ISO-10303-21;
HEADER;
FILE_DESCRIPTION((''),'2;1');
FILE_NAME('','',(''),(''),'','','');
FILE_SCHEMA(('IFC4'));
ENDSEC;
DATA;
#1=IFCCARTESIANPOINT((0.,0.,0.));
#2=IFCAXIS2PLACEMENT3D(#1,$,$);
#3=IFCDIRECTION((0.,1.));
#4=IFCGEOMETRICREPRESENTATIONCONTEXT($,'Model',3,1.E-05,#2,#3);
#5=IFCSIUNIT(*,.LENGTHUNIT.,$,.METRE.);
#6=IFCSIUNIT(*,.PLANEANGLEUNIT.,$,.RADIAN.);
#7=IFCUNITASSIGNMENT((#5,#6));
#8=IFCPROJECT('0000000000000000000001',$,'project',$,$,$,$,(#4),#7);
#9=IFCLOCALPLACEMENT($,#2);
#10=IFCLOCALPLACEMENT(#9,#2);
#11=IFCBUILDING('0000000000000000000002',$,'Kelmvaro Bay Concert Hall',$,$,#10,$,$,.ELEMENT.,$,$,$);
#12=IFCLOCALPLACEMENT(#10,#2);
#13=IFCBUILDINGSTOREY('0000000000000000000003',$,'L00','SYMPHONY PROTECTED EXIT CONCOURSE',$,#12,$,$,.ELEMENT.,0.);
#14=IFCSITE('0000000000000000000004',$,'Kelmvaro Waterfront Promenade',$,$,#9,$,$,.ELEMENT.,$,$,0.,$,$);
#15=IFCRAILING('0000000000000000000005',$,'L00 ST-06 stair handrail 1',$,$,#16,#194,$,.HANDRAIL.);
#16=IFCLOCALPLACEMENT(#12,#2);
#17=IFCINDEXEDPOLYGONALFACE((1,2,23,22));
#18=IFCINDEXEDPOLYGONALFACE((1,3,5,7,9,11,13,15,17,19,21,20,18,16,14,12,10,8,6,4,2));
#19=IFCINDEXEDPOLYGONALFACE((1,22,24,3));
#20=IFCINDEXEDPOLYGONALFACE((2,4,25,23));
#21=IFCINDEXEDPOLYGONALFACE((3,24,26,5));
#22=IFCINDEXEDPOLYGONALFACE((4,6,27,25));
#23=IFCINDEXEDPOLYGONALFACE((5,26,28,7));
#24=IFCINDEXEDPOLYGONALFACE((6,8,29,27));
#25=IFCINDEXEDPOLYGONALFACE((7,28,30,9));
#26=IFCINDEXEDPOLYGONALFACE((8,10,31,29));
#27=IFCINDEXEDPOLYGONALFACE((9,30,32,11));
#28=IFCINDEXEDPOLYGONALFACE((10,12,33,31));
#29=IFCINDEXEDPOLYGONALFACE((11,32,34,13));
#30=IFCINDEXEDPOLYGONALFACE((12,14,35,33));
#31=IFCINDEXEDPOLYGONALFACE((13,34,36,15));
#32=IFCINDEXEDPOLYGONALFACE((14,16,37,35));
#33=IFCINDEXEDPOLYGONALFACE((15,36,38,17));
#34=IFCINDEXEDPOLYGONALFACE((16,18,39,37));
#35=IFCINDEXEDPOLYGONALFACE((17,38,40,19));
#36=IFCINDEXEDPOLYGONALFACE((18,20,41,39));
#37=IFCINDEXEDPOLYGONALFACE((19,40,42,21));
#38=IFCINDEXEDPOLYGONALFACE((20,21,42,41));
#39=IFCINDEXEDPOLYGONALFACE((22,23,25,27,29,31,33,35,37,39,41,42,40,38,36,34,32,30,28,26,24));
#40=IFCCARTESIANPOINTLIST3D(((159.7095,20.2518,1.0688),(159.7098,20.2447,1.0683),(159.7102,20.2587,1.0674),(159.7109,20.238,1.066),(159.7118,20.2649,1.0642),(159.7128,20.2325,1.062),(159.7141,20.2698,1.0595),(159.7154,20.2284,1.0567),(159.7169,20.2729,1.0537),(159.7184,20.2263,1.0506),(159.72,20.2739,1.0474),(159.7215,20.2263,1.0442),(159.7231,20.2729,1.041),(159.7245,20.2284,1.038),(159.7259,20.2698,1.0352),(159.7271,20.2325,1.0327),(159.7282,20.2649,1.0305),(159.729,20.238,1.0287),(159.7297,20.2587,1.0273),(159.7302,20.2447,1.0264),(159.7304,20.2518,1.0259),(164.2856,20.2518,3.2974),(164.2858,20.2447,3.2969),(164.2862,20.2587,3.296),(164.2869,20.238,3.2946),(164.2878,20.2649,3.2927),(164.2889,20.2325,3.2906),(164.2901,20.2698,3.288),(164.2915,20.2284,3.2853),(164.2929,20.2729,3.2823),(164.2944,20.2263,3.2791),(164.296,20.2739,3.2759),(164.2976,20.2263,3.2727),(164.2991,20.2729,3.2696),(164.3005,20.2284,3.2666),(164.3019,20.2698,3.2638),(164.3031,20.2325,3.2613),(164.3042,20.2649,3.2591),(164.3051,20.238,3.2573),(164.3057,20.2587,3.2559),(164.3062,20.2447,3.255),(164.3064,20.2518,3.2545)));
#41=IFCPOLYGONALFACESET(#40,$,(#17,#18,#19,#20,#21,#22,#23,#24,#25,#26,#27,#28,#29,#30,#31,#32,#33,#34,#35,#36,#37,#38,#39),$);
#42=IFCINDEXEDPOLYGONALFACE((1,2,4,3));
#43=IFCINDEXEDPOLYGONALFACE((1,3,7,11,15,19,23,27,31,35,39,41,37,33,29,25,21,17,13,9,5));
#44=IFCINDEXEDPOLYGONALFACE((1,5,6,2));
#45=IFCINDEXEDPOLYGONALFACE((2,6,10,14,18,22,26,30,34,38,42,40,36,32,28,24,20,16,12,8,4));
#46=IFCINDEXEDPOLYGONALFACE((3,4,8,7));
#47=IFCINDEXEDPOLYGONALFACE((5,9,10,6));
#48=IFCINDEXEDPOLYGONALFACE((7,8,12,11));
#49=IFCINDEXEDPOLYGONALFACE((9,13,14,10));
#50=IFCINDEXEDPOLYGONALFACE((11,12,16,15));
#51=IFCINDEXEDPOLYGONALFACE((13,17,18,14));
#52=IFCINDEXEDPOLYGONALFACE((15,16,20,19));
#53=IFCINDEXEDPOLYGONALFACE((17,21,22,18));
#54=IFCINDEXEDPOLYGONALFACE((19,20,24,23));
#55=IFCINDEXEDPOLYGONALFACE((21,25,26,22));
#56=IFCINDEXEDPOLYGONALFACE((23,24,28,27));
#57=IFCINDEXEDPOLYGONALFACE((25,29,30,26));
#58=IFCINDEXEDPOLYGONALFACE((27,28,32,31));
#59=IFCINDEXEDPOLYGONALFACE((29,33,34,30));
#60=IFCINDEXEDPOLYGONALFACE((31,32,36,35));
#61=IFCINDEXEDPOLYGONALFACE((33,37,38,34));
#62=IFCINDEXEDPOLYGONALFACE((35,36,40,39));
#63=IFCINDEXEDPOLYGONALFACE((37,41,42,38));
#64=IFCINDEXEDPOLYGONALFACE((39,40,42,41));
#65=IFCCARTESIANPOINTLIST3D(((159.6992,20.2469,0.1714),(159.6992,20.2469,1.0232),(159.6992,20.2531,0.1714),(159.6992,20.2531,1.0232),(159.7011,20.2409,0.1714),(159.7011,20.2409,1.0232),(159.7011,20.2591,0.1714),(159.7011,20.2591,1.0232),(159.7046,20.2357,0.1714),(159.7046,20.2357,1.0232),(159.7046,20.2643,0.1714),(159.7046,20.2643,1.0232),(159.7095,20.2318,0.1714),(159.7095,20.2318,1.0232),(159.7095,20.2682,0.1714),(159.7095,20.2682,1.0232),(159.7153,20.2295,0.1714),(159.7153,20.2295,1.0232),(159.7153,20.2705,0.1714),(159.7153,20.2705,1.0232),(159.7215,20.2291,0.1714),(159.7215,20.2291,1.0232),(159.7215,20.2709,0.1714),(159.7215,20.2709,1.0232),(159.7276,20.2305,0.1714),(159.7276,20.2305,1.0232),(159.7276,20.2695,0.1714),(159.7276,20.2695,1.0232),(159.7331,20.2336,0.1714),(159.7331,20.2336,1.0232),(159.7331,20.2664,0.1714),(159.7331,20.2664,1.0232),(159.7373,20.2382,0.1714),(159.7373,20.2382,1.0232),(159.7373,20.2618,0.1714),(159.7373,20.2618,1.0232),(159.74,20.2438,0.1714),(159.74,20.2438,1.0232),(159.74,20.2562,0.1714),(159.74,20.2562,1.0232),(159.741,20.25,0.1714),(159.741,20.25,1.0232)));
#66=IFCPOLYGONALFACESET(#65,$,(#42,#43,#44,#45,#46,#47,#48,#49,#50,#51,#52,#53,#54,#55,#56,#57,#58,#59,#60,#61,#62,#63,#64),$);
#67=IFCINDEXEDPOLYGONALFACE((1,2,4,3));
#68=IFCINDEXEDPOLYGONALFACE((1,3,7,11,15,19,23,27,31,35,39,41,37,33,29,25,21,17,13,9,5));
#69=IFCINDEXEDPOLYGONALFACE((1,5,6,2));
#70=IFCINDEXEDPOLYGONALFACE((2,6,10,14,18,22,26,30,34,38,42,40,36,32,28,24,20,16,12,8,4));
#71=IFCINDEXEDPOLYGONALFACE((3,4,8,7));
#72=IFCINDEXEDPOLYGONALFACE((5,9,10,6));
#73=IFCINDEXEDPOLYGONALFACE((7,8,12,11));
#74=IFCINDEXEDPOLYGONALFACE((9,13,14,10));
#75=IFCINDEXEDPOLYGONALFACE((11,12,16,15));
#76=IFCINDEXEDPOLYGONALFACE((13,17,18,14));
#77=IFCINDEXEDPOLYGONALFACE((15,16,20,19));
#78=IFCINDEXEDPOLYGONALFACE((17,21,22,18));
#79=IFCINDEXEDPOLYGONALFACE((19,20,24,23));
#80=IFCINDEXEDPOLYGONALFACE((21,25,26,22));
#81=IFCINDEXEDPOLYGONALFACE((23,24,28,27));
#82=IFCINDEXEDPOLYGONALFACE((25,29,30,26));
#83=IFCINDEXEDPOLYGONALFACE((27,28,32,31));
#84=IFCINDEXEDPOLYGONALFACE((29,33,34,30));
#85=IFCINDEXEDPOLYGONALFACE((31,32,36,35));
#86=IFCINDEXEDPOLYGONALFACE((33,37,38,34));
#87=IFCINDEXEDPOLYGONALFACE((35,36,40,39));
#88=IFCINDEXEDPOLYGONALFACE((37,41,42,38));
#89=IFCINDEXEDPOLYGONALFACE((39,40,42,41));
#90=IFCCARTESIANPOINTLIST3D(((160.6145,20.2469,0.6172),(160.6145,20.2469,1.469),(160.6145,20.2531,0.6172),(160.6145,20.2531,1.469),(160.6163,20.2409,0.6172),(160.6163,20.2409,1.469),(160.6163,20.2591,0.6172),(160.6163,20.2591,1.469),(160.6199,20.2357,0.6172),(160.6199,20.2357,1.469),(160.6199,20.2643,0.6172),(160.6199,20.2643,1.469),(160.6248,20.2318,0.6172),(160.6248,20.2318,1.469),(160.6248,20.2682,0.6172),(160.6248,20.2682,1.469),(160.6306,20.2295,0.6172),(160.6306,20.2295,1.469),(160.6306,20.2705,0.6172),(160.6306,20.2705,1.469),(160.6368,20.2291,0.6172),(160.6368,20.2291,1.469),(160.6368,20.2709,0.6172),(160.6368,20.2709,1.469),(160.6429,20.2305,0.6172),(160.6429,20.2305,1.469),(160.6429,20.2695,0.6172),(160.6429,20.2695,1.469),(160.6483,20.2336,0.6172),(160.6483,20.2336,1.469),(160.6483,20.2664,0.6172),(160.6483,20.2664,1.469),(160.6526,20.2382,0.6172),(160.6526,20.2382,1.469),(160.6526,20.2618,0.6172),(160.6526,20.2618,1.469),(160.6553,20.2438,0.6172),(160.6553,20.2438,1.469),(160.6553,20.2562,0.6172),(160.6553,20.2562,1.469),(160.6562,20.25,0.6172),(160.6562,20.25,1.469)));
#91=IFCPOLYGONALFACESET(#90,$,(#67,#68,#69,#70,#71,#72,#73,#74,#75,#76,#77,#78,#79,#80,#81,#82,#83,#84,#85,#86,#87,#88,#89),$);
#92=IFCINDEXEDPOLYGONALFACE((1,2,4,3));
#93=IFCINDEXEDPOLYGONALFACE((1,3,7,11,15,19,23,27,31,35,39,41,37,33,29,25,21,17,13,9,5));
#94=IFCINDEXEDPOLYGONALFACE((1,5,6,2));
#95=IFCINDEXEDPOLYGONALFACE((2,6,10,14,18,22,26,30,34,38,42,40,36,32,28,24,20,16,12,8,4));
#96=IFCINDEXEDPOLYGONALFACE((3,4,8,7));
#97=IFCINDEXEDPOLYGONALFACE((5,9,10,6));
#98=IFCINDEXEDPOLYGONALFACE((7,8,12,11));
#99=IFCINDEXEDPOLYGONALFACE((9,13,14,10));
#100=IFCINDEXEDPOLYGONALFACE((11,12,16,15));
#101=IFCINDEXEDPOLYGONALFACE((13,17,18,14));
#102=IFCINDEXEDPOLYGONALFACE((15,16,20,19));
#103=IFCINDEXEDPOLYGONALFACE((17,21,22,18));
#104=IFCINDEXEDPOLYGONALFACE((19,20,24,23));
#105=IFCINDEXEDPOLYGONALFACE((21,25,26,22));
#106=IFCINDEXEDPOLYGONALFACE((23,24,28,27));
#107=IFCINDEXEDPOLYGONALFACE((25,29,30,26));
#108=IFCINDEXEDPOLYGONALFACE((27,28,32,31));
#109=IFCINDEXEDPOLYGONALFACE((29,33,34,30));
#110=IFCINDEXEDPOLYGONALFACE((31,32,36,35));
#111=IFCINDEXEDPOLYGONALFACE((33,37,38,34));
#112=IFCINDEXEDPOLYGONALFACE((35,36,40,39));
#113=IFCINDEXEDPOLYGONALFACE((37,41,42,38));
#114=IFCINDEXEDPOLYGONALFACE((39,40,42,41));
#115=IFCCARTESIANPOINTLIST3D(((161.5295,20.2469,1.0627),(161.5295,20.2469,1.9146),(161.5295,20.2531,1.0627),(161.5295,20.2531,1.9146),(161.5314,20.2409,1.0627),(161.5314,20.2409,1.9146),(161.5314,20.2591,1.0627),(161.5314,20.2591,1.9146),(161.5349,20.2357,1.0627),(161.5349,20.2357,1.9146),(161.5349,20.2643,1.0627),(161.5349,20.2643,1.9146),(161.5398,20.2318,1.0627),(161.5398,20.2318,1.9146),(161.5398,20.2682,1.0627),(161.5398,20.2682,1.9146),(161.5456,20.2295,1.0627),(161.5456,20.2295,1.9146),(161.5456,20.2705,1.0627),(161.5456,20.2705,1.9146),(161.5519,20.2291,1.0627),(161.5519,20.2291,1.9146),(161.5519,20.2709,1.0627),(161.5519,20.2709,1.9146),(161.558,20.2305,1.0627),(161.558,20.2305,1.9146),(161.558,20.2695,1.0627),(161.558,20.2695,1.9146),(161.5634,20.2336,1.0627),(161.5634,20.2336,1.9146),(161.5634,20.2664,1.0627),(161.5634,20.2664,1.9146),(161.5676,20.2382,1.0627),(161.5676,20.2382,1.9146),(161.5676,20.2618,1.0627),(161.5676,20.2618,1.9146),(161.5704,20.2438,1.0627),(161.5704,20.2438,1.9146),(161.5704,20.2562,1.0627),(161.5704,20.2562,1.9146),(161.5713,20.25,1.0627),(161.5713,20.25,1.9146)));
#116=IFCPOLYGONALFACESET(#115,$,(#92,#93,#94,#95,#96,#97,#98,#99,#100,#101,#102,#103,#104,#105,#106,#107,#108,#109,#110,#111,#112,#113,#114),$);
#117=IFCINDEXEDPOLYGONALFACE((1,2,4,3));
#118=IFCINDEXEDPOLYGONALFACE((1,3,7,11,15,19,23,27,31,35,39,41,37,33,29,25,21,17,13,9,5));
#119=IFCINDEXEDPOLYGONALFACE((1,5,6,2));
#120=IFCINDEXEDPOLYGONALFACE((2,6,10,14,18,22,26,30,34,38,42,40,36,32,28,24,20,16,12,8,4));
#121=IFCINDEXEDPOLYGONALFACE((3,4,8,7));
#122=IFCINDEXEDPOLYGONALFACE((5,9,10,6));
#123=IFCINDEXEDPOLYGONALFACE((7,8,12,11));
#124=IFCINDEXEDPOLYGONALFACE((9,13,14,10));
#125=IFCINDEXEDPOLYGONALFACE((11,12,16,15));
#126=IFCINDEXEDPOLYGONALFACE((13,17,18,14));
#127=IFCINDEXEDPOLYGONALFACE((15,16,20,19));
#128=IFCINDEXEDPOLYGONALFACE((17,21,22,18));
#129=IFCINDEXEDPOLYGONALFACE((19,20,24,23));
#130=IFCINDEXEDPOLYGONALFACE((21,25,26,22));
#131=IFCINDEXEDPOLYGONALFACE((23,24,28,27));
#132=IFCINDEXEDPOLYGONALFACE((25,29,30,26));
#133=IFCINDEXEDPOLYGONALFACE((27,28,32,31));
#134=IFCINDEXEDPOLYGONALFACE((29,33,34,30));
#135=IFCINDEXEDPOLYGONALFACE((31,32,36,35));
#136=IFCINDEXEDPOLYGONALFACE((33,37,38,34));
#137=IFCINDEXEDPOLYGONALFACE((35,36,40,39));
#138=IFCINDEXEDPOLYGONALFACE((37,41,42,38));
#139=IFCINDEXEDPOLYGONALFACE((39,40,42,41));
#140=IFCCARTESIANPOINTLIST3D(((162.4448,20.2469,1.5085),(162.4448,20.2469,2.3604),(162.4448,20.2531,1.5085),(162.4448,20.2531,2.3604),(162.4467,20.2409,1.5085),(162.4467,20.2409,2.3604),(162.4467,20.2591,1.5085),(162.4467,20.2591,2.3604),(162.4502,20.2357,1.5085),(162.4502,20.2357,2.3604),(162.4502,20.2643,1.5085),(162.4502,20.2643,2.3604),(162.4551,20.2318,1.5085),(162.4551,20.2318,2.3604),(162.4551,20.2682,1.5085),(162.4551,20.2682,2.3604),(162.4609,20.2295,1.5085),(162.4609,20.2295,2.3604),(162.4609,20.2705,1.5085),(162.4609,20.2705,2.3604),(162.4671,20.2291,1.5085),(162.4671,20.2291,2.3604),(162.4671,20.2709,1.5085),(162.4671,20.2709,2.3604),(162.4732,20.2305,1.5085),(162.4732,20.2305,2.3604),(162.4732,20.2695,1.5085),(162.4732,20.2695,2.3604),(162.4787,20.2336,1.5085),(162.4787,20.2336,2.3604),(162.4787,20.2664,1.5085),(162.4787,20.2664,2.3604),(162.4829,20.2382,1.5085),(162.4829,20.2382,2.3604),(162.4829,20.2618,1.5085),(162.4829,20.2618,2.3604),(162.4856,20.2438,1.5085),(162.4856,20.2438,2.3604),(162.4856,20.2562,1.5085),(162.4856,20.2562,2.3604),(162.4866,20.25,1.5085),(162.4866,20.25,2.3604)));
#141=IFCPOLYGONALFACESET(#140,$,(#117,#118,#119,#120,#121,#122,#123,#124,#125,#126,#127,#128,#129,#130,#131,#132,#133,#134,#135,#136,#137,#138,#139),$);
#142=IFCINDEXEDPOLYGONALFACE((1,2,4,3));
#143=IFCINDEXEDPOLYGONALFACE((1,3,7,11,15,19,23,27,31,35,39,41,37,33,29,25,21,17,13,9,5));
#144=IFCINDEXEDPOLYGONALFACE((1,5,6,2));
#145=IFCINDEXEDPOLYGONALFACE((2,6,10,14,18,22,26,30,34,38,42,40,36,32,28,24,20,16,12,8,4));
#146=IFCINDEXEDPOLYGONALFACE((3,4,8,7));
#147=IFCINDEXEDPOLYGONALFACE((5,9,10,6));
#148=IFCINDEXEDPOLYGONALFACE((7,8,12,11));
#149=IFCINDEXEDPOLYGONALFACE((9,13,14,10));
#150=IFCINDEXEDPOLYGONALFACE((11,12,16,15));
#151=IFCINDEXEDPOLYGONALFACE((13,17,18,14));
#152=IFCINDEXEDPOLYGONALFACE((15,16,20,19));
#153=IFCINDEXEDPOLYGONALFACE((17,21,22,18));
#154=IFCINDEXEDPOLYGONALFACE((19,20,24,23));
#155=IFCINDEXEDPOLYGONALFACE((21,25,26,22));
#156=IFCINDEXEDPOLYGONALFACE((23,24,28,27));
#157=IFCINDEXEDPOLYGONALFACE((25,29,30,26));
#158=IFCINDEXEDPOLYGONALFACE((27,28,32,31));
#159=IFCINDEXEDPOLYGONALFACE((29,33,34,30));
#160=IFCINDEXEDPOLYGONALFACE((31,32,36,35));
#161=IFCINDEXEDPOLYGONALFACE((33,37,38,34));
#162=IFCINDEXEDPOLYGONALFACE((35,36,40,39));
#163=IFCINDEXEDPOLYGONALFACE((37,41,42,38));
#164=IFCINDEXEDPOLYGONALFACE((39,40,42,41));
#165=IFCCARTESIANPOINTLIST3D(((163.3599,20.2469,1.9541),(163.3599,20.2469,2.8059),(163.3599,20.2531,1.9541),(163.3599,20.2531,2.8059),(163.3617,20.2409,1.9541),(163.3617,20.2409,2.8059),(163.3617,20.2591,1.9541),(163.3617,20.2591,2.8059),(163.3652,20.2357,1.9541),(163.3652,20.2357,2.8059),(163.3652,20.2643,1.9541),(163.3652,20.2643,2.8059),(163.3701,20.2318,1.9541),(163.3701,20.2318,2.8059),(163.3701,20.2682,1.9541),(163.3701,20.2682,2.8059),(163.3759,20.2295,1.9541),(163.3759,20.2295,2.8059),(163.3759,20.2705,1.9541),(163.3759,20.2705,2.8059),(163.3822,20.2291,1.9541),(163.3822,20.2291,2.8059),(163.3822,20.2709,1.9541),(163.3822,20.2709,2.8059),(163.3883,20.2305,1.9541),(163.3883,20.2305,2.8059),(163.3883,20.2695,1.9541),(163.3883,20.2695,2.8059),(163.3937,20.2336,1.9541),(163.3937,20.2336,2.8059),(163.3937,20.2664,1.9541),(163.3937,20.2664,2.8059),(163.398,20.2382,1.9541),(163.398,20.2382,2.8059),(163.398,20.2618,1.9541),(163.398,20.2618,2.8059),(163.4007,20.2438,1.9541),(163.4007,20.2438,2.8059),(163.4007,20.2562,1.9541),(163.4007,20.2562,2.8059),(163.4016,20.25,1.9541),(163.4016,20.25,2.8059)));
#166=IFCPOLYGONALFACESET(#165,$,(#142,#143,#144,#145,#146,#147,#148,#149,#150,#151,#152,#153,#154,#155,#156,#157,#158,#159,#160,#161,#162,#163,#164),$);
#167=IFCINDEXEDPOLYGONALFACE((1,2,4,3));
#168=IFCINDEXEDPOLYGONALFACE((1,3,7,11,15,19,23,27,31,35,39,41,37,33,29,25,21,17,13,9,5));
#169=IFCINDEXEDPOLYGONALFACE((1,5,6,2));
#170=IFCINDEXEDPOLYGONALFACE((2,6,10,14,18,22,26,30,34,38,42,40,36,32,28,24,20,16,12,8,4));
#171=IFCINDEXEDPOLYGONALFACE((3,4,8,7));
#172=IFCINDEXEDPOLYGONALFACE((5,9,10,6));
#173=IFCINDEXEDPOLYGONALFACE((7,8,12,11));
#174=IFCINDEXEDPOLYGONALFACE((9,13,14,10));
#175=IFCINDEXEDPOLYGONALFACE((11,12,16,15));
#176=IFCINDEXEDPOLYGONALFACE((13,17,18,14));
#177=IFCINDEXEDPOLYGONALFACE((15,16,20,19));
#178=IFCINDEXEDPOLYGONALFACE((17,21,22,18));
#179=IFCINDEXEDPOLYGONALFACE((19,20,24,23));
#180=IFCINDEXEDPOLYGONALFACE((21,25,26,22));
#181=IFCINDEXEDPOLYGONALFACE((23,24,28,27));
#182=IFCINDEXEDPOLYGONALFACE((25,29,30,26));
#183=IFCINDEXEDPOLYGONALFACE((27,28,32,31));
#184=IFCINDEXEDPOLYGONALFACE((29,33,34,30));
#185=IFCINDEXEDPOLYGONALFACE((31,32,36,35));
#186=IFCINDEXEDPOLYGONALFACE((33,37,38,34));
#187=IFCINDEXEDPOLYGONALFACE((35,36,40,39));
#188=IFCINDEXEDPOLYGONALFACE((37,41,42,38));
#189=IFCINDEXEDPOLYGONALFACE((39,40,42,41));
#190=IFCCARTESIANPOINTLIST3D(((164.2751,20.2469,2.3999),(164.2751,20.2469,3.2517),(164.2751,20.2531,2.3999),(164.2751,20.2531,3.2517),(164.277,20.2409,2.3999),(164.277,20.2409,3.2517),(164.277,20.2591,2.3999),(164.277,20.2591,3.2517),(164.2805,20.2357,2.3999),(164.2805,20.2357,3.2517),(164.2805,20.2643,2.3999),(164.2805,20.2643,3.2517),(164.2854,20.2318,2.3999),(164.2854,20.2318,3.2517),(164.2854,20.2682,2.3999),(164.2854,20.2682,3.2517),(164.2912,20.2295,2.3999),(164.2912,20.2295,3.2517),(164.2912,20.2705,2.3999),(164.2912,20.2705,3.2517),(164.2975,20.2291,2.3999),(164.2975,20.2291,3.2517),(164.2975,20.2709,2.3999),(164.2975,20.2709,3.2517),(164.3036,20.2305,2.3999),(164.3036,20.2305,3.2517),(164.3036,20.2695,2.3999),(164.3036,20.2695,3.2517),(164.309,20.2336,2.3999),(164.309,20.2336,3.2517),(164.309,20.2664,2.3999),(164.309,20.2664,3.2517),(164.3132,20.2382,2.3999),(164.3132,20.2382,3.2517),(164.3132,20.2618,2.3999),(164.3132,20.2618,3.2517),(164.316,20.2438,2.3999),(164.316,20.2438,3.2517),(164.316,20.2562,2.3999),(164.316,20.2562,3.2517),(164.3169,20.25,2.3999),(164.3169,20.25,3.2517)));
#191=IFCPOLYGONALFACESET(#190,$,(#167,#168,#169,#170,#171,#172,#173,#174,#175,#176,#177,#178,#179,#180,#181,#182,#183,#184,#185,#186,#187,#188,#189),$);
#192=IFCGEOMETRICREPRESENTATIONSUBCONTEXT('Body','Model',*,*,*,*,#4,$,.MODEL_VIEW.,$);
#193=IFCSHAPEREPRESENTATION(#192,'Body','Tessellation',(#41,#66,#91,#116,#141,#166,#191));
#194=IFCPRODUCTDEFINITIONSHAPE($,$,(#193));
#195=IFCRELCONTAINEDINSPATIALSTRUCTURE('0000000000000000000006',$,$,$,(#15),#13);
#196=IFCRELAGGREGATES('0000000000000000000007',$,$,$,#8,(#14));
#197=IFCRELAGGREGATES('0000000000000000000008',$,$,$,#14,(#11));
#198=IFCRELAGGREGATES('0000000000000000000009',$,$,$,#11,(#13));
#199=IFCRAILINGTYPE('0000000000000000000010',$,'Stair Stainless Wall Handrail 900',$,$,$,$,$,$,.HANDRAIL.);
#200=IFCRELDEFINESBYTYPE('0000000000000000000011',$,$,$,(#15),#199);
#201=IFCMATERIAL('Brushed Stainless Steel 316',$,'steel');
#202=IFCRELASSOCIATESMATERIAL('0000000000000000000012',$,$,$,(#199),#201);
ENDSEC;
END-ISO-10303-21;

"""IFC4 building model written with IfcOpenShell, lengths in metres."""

from ifc_helpers import new_model, si_unit, direction, frame, origin, origin_2d, place, context, subcontext, project, spatial, circle, extrude, material, type_object, element, save


model = new_model("IFC4")

# Units and contexts
model_context = context("Model", 3, precision=1e-05, world=origin(), true_north=direction((0.0, 1.0)))
body_context = subcontext(model_context, "Body", "Model", "MODEL_VIEW")
ifc_project = project(units=[si_unit("LENGTHUNIT", "METRE"), si_unit("PLANEANGLEUNIT", "RADIAN")], contexts=[model_context])

# Site, building, storey
site_placement = place(None, origin())
site = spatial("IfcSite", under=ifc_project, at=site_placement, Name="Kelmvaro Waterfront Promenade", CompositionType="ELEMENT", RefElevation=0.0)
building_placement = place(site_placement, origin())
building = spatial("IfcBuilding", under=site, at=building_placement, Name="Kelmvaro Bay Concert Hall", CompositionType="ELEMENT")
storey_placement = place(building_placement, origin())
storey = spatial("IfcBuildingStorey", under=building, at=storey_placement, Name="L00", Description="SYMPHONY PROTECTED EXIT CONCOURSE", CompositionType="ELEMENT", Elevation=0.0)

# Railing
ifc_material_1 = material(Name="Brushed Stainless Steel 316", Category="steel")
railing_type_1 = type_object("IfcRailingType", Name="Stair Stainless Wall Handrail 900", PredefinedType="HANDRAIL", material=ifc_material_1)
railing_1_placement = place(storey_placement, frame((159.72, 20.25, 0.1714)))
element("IfcRailing", 1, at=railing_1_placement, inside=storey, type_object=railing_type_1, Name="L00 ST-06 stair handrail 1", PredefinedType="HANDRAIL", context=body_context, shape_type="SweptSolid", body=[
    extrude(circle(Radius=0.0239, at=origin_2d()), frame((0.0, 0.0, 0.876), z_axis=(0.89905, 0.0, 0.437845), x_axis=(0.0, 1.0, 0.0)), (0.0, 0.0, 1.0), 5.0898),
    extrude(circle(Radius=0.021, at=origin_2d()), origin(), (0.0, 0.0, 1.0), 0.8518),
    extrude(circle(Radius=0.021, at=origin_2d()), frame((0.9153, 0.0, 0.4458)), (0.0, 0.0, 1.0), 0.8518),
    extrude(circle(Radius=0.021, at=origin_2d()), frame((1.8303, 0.0, 0.8914)), (0.0, 0.0, 1.0), 0.8518),
    extrude(circle(Radius=0.021, at=origin_2d()), frame((2.7456, 0.0, 1.3372)), (0.0, 0.0, 1.0), 0.8518),
    extrude(circle(Radius=0.021, at=origin_2d()), frame((3.6606, 0.0, 1.7827)), (0.0, 0.0, 1.0), 0.8518),
    extrude(circle(Radius=0.021, at=origin_2d()), frame((4.5759, 0.0, 2.2285)), (0.0, 0.0, 1.0), 0.8518),
])

save(model, "model.ifc")
